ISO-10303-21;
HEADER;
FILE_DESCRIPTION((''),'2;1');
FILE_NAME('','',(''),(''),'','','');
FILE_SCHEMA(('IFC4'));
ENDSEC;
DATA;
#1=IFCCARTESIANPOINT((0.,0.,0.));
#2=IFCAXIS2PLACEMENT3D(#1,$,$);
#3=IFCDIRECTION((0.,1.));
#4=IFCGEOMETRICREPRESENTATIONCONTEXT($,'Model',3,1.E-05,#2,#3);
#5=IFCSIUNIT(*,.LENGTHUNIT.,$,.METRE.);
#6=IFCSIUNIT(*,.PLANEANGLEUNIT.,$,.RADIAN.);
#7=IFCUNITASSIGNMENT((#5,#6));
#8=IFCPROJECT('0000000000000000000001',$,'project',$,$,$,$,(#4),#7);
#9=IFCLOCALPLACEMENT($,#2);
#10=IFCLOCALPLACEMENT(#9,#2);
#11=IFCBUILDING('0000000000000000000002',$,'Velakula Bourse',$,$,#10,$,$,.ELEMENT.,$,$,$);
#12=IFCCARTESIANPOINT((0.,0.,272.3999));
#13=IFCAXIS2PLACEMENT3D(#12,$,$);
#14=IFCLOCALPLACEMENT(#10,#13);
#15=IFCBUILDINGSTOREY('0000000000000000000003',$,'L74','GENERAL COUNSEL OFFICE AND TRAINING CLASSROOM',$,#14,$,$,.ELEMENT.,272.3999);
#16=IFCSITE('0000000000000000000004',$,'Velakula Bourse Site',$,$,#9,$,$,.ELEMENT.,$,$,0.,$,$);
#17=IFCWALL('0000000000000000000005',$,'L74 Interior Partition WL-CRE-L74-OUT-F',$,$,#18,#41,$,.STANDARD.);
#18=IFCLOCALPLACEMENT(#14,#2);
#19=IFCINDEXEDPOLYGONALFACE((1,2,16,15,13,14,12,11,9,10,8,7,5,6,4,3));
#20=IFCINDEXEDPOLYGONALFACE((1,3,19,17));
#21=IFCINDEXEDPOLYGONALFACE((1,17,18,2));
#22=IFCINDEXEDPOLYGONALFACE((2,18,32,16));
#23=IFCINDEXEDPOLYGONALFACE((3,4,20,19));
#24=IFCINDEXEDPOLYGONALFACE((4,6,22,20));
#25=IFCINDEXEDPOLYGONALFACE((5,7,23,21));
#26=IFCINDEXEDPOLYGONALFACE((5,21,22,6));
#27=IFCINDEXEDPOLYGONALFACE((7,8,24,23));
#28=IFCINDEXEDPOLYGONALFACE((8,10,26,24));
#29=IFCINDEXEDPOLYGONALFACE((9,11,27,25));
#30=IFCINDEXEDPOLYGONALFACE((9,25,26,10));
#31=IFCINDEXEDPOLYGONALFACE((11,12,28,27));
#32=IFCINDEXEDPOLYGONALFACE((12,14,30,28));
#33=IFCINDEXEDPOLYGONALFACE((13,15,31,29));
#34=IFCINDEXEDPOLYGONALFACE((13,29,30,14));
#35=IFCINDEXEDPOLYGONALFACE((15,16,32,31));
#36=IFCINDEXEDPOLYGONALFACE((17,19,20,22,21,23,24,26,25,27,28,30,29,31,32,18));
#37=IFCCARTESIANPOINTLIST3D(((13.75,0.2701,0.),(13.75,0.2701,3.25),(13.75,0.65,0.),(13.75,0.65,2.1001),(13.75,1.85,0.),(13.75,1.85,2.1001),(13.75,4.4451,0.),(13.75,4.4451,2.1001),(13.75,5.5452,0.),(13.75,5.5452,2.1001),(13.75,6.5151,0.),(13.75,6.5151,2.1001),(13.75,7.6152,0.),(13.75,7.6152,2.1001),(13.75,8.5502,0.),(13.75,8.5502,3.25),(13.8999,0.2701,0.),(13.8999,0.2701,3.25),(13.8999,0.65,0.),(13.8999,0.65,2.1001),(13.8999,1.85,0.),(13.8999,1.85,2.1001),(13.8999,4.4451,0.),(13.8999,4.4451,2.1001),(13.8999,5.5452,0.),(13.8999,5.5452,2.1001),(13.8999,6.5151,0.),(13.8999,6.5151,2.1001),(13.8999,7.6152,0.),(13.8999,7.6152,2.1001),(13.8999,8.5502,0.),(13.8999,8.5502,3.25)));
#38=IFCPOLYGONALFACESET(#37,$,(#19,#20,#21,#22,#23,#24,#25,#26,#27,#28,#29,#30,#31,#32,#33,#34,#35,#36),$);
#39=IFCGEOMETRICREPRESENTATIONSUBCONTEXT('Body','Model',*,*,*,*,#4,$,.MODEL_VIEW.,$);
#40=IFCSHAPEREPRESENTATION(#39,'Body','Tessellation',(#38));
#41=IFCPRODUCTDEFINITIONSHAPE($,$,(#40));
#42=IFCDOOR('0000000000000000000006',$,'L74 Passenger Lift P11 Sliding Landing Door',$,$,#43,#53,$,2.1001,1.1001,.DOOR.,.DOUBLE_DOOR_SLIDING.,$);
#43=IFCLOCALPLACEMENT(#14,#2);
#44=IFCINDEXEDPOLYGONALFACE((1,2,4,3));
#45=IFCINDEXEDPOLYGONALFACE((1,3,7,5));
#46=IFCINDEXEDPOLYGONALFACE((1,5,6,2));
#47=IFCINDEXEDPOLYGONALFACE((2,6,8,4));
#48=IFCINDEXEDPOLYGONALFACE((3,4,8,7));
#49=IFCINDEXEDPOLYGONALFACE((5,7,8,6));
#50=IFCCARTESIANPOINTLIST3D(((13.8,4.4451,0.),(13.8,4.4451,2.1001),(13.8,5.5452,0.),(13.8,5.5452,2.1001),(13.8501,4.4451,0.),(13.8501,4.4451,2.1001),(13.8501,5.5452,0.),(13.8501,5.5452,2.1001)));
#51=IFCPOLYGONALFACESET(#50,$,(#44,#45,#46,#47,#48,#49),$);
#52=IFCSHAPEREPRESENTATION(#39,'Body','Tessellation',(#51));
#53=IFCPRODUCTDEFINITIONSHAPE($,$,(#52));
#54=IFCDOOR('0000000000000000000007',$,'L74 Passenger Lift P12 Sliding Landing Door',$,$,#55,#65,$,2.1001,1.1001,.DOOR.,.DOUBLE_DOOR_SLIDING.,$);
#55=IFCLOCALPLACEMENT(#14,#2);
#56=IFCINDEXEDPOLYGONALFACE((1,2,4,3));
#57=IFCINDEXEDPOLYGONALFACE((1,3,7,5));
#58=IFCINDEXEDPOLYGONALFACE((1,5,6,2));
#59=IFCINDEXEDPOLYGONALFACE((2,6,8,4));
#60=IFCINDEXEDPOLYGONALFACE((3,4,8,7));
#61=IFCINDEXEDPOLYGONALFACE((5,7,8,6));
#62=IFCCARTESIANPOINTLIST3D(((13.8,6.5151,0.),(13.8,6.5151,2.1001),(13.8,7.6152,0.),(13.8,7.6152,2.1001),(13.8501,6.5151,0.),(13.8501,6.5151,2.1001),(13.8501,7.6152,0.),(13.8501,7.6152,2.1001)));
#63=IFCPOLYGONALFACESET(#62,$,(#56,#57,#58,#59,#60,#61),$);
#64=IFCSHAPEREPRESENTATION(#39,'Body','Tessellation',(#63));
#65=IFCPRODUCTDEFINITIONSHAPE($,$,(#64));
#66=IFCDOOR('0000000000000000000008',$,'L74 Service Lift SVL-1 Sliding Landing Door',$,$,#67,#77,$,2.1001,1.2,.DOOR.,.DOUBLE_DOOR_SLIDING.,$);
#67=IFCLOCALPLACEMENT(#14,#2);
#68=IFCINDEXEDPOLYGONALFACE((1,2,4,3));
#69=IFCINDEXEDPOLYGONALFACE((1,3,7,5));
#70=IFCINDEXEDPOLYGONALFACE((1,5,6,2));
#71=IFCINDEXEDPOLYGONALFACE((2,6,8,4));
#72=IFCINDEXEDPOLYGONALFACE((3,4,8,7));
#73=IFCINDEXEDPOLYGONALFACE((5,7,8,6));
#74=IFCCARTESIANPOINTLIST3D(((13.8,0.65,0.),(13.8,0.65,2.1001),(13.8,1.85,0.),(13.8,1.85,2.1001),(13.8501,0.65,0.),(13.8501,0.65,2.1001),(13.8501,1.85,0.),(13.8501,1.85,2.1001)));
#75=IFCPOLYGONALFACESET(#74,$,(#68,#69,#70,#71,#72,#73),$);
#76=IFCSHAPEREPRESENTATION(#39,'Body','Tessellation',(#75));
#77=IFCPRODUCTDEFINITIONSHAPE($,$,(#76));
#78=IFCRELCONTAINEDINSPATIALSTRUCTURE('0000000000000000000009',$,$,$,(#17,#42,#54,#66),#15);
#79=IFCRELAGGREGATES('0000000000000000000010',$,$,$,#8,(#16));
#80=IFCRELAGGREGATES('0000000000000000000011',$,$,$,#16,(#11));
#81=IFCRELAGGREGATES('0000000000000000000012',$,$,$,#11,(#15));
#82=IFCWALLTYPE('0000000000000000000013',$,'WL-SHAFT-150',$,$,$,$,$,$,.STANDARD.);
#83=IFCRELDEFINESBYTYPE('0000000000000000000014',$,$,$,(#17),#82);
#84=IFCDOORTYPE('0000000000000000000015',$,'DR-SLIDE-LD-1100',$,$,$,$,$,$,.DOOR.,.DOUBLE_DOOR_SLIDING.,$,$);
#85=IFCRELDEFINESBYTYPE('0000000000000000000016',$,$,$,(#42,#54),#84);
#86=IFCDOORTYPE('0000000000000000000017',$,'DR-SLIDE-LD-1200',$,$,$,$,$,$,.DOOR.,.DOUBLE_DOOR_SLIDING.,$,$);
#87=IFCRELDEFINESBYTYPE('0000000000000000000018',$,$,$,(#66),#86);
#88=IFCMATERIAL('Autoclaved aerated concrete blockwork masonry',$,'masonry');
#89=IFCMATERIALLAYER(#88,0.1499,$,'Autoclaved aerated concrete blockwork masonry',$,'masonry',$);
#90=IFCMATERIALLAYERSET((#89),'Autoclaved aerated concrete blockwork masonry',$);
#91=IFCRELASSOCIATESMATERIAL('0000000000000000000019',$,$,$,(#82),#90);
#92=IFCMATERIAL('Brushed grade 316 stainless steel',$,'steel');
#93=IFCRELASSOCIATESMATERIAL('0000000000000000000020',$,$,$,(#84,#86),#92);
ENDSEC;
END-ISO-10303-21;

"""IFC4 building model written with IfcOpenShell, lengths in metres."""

from ifc_helpers import new_model, si_unit, direction, frame, frame_2d, origin, place, context, subcontext, project, spatial, rectangle, extrude, material, layer, layer_set, type_object, element, fill, save


model = new_model("IFC4")

# Units and contexts
model_context = context("Model", 3, precision=1e-05, world=origin(), true_north=direction((0.0, 1.0)))
body_context = subcontext(model_context, "Body", "Model", "MODEL_VIEW")
ifc_project = project(units=[si_unit("LENGTHUNIT", "METRE"), si_unit("PLANEANGLEUNIT", "RADIAN")], contexts=[model_context])

# Site, building, storey
site_placement = place(None, origin())
site = spatial("IfcSite", under=ifc_project, at=site_placement, Name="Velakula Bourse Site", CompositionType="ELEMENT", RefElevation=0.0)
building_placement = place(site_placement, origin())
building = spatial("IfcBuilding", under=site, at=building_placement, Name="Velakula Bourse", CompositionType="ELEMENT")
storey_placement = place(building_placement, frame((0.0, 0.0, 272.3999)))
storey = spatial("IfcBuildingStorey", under=building, at=storey_placement, Name="L74", Description="GENERAL COUNSEL OFFICE AND TRAINING CLASSROOM", CompositionType="ELEMENT", Elevation=272.3999)

# Shared definitions
ifc_material_1 = material(Name="Autoclaved aerated concrete blockwork masonry", Category="masonry")
ifc_layer_1 = layer(ifc_material_1, 0.1499, Name="Autoclaved aerated concrete blockwork masonry", Category="masonry")
ifc_layer_set_1 = layer_set([ifc_layer_1], Name="Autoclaved aerated concrete blockwork masonry")
wall_type_1 = type_object("IfcWallType", Name="WL-SHAFT-150", PredefinedType="STANDARD", material=ifc_layer_set_1)

# Wall, openings, doors
wall_1_placement = place(storey_placement, frame((13.825, 0.27, 0.0), z_axis=(0.0, 0.0, 1.0), x_axis=(0.0, 1.0, 0.0)))
wall_1 = element("IfcWall", 1, at=wall_1_placement, inside=storey, type_object=wall_type_1, Name="L74 Interior Partition WL-CRE-L74-OUT-F", PredefinedType="STANDARD", context=body_context, shape_type="SweptSolid", body=[
    extrude(rectangle(XDim=8.28, YDim=0.1499, at=frame_2d((4.1401, 0.0))), origin(), (0.0, 0.0, 1.0), 3.25),
])
opening_1_placement = place(wall_1_placement, frame((4.175, 0.0, 0.0)))
opening_1 = element("IfcOpeningElement", 2, at=opening_1_placement, cuts=wall_1, PredefinedType="OPENING", context=body_context, shape_type="SweptSolid", body=[
    extrude(rectangle(XDim=1.1001, YDim=2.1001, at=frame_2d((0.55, 1.05))), frame((0.0, 0.085, 0.0), z_axis=(0.0, -1.0, 0.0), x_axis=(1.0, 0.0, 0.0)), (0.0, 0.0, 1.0), 0.1699),
])
opening_2_placement = place(wall_1_placement, frame((6.2451, 0.0, 0.0)))
opening_2 = element("IfcOpeningElement", 3, at=opening_2_placement, cuts=wall_1, PredefinedType="OPENING", context=body_context, shape_type="SweptSolid", body=[
    extrude(rectangle(XDim=1.1001, YDim=2.1001, at=frame_2d((0.55, 1.05))), frame((0.0, 0.085, 0.0), z_axis=(0.0, -1.0, 0.0), x_axis=(1.0, 0.0, 0.0)), (0.0, 0.0, 1.0), 0.1699),
])
opening_3_placement = place(wall_1_placement, frame((0.3799, 0.0, 0.0)))
opening_3 = element("IfcOpeningElement", 4, at=opening_3_placement, cuts=wall_1, PredefinedType="OPENING", context=body_context, shape_type="SweptSolid", body=[
    extrude(rectangle(XDim=1.2, YDim=2.1001, at=frame_2d((0.6001, 1.05))), frame((0.0, 0.085, 0.0), z_axis=(0.0, -1.0, 0.0), x_axis=(1.0, 0.0, 0.0)), (0.0, 0.0, 1.0), 0.1699),
])
ifc_material_2 = material(Name="Brushed grade 316 stainless steel", Category="steel")
door_type_1 = type_object("IfcDoorType", Name="DR-SLIDE-LD-1100", OperationType="DOUBLE_DOOR_SLIDING", PredefinedType="DOOR", material=ifc_material_2)
door_1_placement = place(opening_1_placement, origin())
door_1 = element("IfcDoor", 5, at=door_1_placement, inside=storey, type_object=door_type_1, Name="L74 Passenger Lift P11 Sliding Landing Door", OperationType="DOUBLE_DOOR_SLIDING", OverallHeight=2.1001, OverallWidth=1.1001, PredefinedType="DOOR", context=body_context, shape_type="SweptSolid", body=[
    extrude(rectangle(XDim=1.1001, YDim=2.1001, at=frame_2d((0.55, 1.05))), frame((0.0, 0.0249, 0.0), z_axis=(0.0, -1.0, 0.0), x_axis=(1.0, 0.0, 0.0)), (0.0, 0.0, 1.0), 0.05),
])
fill(opening_1, door_1)
door_2_placement = place(opening_2_placement, origin())
door_2 = element("IfcDoor", 6, at=door_2_placement, inside=storey, type_object=door_type_1, Name="L74 Passenger Lift P12 Sliding Landing Door", OperationType="DOUBLE_DOOR_SLIDING", OverallHeight=2.1001, OverallWidth=1.1001, PredefinedType="DOOR", context=body_context, shape_type="SweptSolid", body=[
    extrude(rectangle(XDim=1.1001, YDim=2.1001, at=frame_2d((0.55, 1.05))), frame((0.0, 0.0249, 0.0), z_axis=(0.0, -1.0, 0.0), x_axis=(1.0, 0.0, 0.0)), (0.0, 0.0, 1.0), 0.05),
])
fill(opening_2, door_2)
door_type_2 = type_object("IfcDoorType", Name="DR-SLIDE-LD-1200", OperationType="DOUBLE_DOOR_SLIDING", PredefinedType="DOOR", material=ifc_material_2)
door_3_placement = place(opening_3_placement, origin())
door_3 = element("IfcDoor", 7, at=door_3_placement, inside=storey, type_object=door_type_2, Name="L74 Service Lift SVL-1 Sliding Landing Door", OperationType="DOUBLE_DOOR_SLIDING", OverallHeight=2.1001, OverallWidth=1.2, PredefinedType="DOOR", context=body_context, shape_type="SweptSolid", body=[
    extrude(rectangle(XDim=1.2, YDim=2.1001, at=frame_2d((0.6001, 1.05))), frame((0.0, 0.0249, 0.0), z_axis=(0.0, -1.0, 0.0), x_axis=(1.0, 0.0, 0.0)), (0.0, 0.0, 1.0), 0.05),
])
fill(opening_3, door_3)

save(model, "model.ifc")
